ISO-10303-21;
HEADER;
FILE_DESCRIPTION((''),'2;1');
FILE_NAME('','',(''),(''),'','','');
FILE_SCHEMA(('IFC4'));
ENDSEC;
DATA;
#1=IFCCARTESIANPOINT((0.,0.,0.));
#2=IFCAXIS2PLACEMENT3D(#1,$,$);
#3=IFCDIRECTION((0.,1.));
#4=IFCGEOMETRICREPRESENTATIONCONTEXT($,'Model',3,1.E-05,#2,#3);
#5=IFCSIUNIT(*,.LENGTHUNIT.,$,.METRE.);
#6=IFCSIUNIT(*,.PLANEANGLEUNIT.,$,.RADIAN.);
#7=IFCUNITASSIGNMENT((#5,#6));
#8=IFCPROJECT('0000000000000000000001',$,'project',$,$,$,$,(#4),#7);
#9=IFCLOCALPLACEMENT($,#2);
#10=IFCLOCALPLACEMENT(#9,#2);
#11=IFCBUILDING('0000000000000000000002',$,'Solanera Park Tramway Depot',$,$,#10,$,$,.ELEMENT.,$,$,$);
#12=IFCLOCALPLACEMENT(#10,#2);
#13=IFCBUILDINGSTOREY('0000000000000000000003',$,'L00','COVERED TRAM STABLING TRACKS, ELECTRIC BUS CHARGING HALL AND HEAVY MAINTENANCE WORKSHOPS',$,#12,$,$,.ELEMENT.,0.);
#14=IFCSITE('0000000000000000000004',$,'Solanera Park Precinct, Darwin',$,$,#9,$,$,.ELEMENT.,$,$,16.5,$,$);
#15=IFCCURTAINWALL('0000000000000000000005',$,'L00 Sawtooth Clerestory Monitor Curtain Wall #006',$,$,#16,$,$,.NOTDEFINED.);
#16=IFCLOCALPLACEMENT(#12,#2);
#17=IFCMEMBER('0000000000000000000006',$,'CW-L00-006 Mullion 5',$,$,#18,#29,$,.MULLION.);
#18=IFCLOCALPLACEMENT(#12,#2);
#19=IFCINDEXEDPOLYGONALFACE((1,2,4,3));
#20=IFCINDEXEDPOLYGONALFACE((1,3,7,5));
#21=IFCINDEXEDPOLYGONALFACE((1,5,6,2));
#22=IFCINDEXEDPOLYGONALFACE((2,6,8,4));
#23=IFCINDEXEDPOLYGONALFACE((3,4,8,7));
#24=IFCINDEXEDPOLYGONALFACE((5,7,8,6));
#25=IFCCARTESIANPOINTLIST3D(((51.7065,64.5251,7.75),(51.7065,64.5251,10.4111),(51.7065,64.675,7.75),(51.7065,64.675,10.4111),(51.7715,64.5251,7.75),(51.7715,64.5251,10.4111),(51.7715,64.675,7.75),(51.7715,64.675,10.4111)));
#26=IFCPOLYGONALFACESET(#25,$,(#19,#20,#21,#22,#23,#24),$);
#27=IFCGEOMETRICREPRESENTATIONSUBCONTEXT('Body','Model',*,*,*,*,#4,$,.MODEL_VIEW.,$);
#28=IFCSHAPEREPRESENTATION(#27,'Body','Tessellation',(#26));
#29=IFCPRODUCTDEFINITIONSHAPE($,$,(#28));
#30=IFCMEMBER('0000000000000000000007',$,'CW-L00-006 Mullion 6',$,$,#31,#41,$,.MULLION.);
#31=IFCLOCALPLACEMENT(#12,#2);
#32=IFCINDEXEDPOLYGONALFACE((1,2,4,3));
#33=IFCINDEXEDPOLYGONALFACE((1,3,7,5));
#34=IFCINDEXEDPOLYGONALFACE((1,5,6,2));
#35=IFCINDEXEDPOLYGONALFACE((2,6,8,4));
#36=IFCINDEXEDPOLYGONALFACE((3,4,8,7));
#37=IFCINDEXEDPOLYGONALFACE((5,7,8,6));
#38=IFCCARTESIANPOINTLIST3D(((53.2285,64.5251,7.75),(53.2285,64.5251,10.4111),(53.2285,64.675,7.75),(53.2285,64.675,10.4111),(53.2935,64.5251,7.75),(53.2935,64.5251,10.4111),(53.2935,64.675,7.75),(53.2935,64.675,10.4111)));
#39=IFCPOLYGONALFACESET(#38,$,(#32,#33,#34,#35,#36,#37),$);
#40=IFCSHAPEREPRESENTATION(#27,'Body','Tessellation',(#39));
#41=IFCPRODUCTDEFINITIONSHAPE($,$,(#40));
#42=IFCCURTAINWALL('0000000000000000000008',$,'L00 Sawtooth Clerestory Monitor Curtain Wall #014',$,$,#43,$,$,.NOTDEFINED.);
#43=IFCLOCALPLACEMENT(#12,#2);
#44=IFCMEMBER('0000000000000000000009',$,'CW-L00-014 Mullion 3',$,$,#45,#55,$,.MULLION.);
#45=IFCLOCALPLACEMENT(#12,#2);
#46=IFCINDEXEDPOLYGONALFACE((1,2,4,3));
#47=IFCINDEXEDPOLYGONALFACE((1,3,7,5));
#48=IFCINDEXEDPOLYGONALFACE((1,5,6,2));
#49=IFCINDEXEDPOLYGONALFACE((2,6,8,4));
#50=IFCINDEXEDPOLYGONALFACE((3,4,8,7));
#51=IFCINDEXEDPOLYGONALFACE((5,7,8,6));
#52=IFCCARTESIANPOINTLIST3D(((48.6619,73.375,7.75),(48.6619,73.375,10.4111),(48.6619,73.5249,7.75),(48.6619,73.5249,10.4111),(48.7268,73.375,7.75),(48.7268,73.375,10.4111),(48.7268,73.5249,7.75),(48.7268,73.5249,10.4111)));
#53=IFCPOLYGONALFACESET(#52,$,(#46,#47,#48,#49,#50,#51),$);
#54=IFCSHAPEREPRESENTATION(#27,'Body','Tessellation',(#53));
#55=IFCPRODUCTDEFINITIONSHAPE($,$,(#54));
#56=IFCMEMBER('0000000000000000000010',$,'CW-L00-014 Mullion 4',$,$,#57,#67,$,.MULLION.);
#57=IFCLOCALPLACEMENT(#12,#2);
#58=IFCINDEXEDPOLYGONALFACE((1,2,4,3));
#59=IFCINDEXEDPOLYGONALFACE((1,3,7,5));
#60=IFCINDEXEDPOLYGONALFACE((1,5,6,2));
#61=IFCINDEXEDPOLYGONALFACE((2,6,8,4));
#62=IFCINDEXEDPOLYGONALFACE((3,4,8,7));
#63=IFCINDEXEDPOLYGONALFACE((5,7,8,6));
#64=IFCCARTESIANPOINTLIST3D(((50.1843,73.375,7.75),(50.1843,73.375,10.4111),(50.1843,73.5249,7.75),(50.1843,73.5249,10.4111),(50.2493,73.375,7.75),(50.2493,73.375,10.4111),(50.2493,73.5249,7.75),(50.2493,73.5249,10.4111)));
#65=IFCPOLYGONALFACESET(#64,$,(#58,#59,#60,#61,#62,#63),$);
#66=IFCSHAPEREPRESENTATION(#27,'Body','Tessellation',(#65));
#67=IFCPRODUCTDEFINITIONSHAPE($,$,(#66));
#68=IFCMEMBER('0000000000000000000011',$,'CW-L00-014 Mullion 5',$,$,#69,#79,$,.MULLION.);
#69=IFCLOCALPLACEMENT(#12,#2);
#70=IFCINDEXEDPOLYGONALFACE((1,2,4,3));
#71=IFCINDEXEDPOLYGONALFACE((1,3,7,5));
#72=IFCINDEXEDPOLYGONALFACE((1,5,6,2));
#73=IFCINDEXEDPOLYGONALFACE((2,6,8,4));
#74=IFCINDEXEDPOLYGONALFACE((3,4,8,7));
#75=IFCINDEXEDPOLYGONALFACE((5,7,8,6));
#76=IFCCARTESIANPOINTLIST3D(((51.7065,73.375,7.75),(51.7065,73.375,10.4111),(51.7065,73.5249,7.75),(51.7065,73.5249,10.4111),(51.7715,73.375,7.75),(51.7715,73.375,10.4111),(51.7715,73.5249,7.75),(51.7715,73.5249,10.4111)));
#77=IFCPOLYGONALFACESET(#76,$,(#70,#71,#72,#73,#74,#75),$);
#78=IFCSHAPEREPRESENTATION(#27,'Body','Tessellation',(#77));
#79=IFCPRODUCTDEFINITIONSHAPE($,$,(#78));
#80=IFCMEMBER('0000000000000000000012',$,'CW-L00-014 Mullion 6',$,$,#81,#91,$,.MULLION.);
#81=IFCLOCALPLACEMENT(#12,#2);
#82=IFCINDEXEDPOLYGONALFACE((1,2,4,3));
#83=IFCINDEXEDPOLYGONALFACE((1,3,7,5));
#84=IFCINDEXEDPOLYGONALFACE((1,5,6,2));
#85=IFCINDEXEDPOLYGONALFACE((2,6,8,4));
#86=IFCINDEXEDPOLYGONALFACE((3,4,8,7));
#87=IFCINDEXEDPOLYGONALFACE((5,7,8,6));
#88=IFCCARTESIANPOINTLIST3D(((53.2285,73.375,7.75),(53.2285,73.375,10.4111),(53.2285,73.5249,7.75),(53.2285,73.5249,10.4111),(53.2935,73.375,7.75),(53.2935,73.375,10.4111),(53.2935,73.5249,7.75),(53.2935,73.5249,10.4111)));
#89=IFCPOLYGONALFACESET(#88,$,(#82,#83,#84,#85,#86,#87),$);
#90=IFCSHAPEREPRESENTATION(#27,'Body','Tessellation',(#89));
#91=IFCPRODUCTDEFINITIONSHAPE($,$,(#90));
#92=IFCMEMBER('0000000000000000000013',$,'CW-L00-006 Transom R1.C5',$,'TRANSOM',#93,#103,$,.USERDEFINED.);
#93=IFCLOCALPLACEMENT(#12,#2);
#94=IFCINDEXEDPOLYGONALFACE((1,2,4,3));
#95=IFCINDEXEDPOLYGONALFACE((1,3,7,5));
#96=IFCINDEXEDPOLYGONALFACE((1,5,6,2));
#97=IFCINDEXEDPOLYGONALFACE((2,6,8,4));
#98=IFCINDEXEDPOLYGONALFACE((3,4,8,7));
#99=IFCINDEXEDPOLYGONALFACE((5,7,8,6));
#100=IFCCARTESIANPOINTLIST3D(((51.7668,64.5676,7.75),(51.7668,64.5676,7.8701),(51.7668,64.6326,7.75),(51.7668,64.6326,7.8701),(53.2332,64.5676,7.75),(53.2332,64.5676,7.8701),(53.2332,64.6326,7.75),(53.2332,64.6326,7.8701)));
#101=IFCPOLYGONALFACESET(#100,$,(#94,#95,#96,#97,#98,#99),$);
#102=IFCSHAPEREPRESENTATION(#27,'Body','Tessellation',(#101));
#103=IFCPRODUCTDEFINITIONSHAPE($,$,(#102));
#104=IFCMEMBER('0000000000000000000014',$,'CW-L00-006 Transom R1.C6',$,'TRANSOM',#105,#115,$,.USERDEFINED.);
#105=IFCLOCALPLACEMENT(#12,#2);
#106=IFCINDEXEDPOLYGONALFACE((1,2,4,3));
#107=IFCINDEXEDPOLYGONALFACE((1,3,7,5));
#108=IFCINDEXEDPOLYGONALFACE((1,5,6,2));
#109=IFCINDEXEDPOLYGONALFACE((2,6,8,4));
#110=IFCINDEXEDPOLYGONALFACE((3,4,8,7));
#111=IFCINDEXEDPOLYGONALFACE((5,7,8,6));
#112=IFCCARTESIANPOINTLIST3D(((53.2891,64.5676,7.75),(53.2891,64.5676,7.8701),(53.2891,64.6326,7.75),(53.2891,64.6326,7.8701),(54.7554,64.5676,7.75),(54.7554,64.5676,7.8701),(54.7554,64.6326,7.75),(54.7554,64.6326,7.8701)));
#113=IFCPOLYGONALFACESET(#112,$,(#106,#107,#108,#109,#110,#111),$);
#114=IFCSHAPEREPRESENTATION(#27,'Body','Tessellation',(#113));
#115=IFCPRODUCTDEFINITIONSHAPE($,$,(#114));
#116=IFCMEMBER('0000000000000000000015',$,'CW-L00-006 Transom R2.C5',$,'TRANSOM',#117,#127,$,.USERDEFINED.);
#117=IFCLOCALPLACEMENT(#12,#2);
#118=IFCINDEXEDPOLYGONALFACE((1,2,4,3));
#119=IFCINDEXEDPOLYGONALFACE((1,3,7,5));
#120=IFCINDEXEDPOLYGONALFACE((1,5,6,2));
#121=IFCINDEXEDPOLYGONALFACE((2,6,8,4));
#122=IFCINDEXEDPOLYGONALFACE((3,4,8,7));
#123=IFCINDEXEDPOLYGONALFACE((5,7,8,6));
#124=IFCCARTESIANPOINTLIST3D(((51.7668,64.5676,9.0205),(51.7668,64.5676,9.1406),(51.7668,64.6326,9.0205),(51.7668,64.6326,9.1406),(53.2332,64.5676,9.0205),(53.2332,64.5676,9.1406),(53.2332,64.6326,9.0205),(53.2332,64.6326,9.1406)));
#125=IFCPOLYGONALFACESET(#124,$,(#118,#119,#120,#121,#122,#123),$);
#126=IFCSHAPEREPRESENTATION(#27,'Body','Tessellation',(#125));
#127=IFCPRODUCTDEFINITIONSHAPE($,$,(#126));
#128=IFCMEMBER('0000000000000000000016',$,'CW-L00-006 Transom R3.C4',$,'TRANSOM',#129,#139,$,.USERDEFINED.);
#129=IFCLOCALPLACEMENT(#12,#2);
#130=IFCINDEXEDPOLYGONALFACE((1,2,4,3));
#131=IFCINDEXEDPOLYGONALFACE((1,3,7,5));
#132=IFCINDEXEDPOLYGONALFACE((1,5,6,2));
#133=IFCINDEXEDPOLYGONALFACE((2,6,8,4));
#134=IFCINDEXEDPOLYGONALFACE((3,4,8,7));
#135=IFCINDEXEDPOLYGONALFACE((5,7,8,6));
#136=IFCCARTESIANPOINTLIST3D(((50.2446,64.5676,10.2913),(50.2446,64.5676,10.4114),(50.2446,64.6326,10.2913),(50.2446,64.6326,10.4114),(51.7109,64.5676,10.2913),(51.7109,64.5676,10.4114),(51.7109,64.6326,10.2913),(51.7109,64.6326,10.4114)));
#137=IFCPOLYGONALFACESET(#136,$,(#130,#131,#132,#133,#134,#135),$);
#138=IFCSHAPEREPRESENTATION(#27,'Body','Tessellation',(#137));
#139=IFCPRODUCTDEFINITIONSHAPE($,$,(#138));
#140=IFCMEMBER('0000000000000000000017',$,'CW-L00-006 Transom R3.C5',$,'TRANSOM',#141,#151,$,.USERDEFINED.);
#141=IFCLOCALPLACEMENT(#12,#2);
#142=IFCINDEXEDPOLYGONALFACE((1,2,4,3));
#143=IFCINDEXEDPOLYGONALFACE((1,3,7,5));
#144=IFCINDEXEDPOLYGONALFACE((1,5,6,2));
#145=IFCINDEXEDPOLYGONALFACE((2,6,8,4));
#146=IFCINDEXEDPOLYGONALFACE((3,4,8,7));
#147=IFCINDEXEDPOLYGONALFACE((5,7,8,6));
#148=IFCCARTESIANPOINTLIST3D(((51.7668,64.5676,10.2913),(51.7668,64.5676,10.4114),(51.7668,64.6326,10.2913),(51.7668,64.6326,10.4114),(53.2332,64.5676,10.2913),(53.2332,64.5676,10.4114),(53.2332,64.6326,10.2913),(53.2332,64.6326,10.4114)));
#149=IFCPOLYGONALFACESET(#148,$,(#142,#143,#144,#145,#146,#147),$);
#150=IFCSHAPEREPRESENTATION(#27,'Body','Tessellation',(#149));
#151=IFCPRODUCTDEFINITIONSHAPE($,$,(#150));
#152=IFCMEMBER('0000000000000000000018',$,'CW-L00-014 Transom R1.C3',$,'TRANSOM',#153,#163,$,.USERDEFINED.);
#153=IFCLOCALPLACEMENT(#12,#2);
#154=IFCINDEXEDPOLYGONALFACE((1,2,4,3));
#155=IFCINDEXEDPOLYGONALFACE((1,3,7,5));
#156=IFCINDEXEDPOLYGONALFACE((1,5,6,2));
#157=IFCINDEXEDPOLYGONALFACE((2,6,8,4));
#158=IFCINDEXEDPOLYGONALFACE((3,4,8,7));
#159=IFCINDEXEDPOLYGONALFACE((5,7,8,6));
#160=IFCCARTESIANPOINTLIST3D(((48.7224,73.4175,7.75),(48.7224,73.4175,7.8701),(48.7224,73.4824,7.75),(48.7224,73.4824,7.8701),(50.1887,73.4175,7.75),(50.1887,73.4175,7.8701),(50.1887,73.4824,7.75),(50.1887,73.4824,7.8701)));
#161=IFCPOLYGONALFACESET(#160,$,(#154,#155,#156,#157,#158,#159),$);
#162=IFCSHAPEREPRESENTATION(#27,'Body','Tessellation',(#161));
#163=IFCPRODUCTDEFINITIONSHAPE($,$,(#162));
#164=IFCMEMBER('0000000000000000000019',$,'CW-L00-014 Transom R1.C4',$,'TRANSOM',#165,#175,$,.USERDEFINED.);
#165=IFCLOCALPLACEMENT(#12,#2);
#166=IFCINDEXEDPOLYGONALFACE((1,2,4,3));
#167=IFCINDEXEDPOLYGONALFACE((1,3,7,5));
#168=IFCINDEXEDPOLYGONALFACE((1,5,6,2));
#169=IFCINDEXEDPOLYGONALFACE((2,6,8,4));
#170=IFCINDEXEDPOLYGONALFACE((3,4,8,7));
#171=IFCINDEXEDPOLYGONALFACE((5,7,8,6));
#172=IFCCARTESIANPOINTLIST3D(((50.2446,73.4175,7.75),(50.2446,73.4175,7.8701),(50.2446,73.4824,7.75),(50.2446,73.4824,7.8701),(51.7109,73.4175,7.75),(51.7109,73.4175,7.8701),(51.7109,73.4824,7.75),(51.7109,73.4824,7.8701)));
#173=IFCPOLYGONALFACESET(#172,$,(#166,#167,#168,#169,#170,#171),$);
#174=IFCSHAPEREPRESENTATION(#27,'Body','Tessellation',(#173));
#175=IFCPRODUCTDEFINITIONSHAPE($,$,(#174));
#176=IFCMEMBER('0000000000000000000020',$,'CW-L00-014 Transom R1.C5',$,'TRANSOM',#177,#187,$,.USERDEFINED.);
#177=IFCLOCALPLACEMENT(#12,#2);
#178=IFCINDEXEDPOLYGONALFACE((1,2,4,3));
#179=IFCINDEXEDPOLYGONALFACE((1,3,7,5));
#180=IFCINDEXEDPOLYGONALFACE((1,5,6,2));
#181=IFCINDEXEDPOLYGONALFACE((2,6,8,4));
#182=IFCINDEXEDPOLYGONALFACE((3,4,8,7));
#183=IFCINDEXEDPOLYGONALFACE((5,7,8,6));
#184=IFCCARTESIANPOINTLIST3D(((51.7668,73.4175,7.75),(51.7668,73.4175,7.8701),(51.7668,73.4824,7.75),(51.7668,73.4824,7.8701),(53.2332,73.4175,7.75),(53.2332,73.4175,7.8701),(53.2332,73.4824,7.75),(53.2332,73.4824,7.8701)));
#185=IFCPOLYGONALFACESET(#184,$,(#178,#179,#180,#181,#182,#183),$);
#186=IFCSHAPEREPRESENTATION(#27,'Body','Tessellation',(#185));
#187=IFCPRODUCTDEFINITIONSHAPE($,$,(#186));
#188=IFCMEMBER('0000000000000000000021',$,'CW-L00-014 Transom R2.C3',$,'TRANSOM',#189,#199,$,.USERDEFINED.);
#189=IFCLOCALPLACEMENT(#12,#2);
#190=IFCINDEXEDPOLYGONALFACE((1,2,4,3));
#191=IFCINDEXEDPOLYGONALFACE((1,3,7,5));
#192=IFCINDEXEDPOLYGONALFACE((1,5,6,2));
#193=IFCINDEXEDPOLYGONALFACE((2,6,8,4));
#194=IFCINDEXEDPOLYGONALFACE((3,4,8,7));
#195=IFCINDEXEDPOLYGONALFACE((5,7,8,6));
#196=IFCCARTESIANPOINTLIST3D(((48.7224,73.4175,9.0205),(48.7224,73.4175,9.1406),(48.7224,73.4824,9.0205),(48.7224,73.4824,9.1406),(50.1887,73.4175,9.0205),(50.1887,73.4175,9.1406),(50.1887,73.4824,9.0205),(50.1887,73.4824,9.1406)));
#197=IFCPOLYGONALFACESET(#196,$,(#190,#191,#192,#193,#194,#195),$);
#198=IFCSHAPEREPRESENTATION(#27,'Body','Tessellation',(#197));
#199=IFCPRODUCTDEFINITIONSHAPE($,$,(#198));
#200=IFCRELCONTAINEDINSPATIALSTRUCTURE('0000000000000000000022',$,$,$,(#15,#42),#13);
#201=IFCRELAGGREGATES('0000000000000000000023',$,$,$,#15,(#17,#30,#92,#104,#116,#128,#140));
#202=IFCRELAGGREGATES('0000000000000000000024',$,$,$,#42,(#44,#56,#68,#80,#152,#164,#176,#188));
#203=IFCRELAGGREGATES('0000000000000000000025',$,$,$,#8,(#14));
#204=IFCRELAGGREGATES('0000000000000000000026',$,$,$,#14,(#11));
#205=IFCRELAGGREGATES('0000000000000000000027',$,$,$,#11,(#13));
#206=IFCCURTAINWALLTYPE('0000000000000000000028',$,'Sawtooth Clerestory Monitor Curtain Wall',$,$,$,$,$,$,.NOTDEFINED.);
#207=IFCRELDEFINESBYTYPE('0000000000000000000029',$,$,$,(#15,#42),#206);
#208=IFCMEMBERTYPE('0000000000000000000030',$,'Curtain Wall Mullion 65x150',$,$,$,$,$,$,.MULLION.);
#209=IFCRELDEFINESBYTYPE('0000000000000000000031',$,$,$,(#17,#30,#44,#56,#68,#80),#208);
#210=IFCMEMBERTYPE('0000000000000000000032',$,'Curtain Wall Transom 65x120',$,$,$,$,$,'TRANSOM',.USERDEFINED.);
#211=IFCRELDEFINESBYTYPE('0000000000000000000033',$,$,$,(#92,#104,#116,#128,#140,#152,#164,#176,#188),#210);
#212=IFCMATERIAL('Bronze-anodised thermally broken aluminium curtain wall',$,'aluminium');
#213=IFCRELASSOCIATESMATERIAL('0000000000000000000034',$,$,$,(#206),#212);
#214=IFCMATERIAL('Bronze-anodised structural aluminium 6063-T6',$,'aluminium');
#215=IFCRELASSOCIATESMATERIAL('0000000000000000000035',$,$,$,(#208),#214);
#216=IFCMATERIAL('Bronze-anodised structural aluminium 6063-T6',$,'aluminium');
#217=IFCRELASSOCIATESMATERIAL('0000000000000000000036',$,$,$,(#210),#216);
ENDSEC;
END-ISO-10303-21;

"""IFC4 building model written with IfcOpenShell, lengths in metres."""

from ifc_helpers import new_model, si_unit, direction, frame, origin, origin_2d, place, context, subcontext, project, spatial, rectangle, extrude, material, material_profile, profile_set, type_object, element, aggregate, save


model = new_model("IFC4")

# Units and contexts
model_context = context("Model", 3, precision=1e-05, world=origin(), true_north=direction((0.0, 1.0)))
body_context = subcontext(model_context, "Body", "Model", "MODEL_VIEW")
ifc_project = project(units=[si_unit("LENGTHUNIT", "METRE"), si_unit("PLANEANGLEUNIT", "RADIAN")], contexts=[model_context])

# Site, building, storey
site_placement = place(None, origin())
site = spatial("IfcSite", under=ifc_project, at=site_placement, Name="Solanera Park Precinct, Darwin", CompositionType="ELEMENT", RefElevation=16.5)
building_placement = place(site_placement, origin())
building = spatial("IfcBuilding", under=site, at=building_placement, Name="Solanera Park Tramway Depot", CompositionType="ELEMENT")
storey_placement = place(building_placement, origin())
storey = spatial("IfcBuildingStorey", under=building, at=storey_placement, Name="L00", Description="COVERED TRAM STABLING TRACKS, ELECTRIC BUS CHARGING HALL AND HEAVY MAINTENANCE WORKSHOPS", CompositionType="ELEMENT", Elevation=0.0)

# Curtain walls, members
ifc_material_1 = material(Name="Bronze-anodised thermally broken aluminium curtain wall", Category="aluminium")
curtain_wall_type = type_object("IfcCurtainWallType", Name="Sawtooth Clerestory Monitor Curtain Wall", PredefinedType="NOTDEFINED", material=ifc_material_1)
curtain_wall_1_placement = place(storey_placement, origin())
curtain_wall_1 = element("IfcCurtainWall", 1, at=curtain_wall_1_placement, inside=storey, type_object=curtain_wall_type, Name="L00 Sawtooth Clerestory Monitor Curtain Wall #006", PredefinedType="NOTDEFINED")
ifc_material_2 = material(Name="Bronze-anodised structural aluminium 6063-T6", Category="aluminium")
ifc_material_profile_1 = material_profile(ifc_material_2, rectangle(XDim=0.0649, YDim=0.1499, at=origin_2d()), Name="Curtain Wall Mullion 65x150")
ifc_profile_set_1 = profile_set([ifc_material_profile_1], Name="Bronze-anodised structural aluminium 6063-T6")
member_type_1 = type_object("IfcMemberType", Name="Curtain Wall Mullion 65x150", PredefinedType="MULLION", material=ifc_profile_set_1)
member_1_placement = place(storey_placement, frame((51.739, 64.6001, 7.75), z_axis=(0.0, 0.0, 1.0), x_axis=(1.0, 0.0, 0.0)))
member_1 = element("IfcMember", 2, at=member_1_placement, type_object=member_type_1, Name="CW-L00-006 Mullion 5", PredefinedType="MULLION", context=body_context, shape_type="SweptSolid", body=[
    extrude(rectangle(XDim=0.0649, YDim=0.1499, at=origin_2d()), origin(), (0.0, 0.0, 1.0), 2.6611),
])
member_2_placement = place(storey_placement, frame((53.261, 64.6001, 7.75), z_axis=(0.0, 0.0, 1.0), x_axis=(1.0, 0.0, 0.0)))
member_2 = element("IfcMember", 3, at=member_2_placement, type_object=member_type_1, Name="CW-L00-006 Mullion 6", PredefinedType="MULLION", context=body_context, shape_type="SweptSolid", body=[
    extrude(rectangle(XDim=0.0649, YDim=0.1499, at=origin_2d()), origin(), (0.0, 0.0, 1.0), 2.6611),
])
curtain_wall_2_placement = place(storey_placement, origin())
curtain_wall_2 = element("IfcCurtainWall", 4, at=curtain_wall_2_placement, inside=storey, type_object=curtain_wall_type, Name="L00 Sawtooth Clerestory Monitor Curtain Wall #014", PredefinedType="NOTDEFINED")
member_3_placement = place(storey_placement, frame((48.6943, 73.45, 7.75), z_axis=(0.0, 0.0, 1.0), x_axis=(1.0, 0.0, 0.0)))
member_3 = element("IfcMember", 5, at=member_3_placement, type_object=member_type_1, Name="CW-L00-014 Mullion 3", PredefinedType="MULLION", context=body_context, shape_type="SweptSolid", body=[
    extrude(rectangle(XDim=0.0649, YDim=0.1499, at=origin_2d()), origin(), (0.0, 0.0, 1.0), 2.6611),
])
member_4_placement = place(storey_placement, frame((50.2168, 73.45, 7.75), z_axis=(0.0, 0.0, 1.0), x_axis=(1.0, 0.0, 0.0)))
member_4 = element("IfcMember", 6, at=member_4_placement, type_object=member_type_1, Name="CW-L00-014 Mullion 4", PredefinedType="MULLION", context=body_context, shape_type="SweptSolid", body=[
    extrude(rectangle(XDim=0.0649, YDim=0.1499, at=origin_2d()), origin(), (0.0, 0.0, 1.0), 2.6611),
])
member_5_placement = place(storey_placement, frame((51.739, 73.45, 7.75), z_axis=(0.0, 0.0, 1.0), x_axis=(1.0, 0.0, 0.0)))
member_5 = element("IfcMember", 7, at=member_5_placement, type_object=member_type_1, Name="CW-L00-014 Mullion 5", PredefinedType="MULLION", context=body_context, shape_type="SweptSolid", body=[
    extrude(rectangle(XDim=0.0649, YDim=0.1499, at=origin_2d()), origin(), (0.0, 0.0, 1.0), 2.6611),
])
member_6_placement = place(storey_placement, frame((53.261, 73.45, 7.75), z_axis=(0.0, 0.0, 1.0), x_axis=(1.0, 0.0, 0.0)))
member_6 = element("IfcMember", 8, at=member_6_placement, type_object=member_type_1, Name="CW-L00-014 Mullion 6", PredefinedType="MULLION", context=body_context, shape_type="SweptSolid", body=[
    extrude(rectangle(XDim=0.0649, YDim=0.1499, at=origin_2d()), origin(), (0.0, 0.0, 1.0), 2.6611),
])

# Members
ifc_material_3 = material(Name="Bronze-anodised structural aluminium 6063-T6", Category="aluminium")
ifc_material_profile_2 = material_profile(ifc_material_3, rectangle(XDim=0.0649, YDim=0.1201, at=origin_2d()), Name="Curtain Wall Transom 65x120")
ifc_profile_set_2 = profile_set([ifc_material_profile_2], Name="Bronze-anodised structural aluminium 6063-T6")
member_type_2 = type_object("IfcMemberType", Name="Curtain Wall Transom 65x120", ElementType="TRANSOM", PredefinedType="USERDEFINED", material=ifc_profile_set_2)
member_7_placement = place(storey_placement, frame((51.7668, 64.6001, 7.8101), z_axis=(1.0, 0.0, 0.0), x_axis=(0.0, 1.0, 0.0)))
member_7 = element("IfcMember", 9, at=member_7_placement, type_object=member_type_2, Name="CW-L00-006 Transom R1.C5", ObjectType="TRANSOM", PredefinedType="USERDEFINED", context=body_context, shape_type="SweptSolid", body=[
    extrude(rectangle(XDim=0.0649, YDim=0.1201, at=origin_2d()), origin(), (0.0, 0.0, 1.0), 1.4663),
])
member_8_placement = place(storey_placement, frame((53.2891, 64.6001, 7.8101), z_axis=(1.0, 0.0, 0.0), x_axis=(0.0, 1.0, 0.0)))
member_8 = element("IfcMember", 10, at=member_8_placement, type_object=member_type_2, Name="CW-L00-006 Transom R1.C6", ObjectType="TRANSOM", PredefinedType="USERDEFINED", context=body_context, shape_type="SweptSolid", body=[
    extrude(rectangle(XDim=0.0649, YDim=0.1201, at=origin_2d()), origin(), (0.0, 0.0, 1.0), 1.4663),
])
member_9_placement = place(storey_placement, frame((51.7668, 64.6001, 9.0806), z_axis=(1.0, 0.0, 0.0), x_axis=(0.0, 1.0, 0.0)))
member_9 = element("IfcMember", 11, at=member_9_placement, type_object=member_type_2, Name="CW-L00-006 Transom R2.C5", ObjectType="TRANSOM", PredefinedType="USERDEFINED", context=body_context, shape_type="SweptSolid", body=[
    extrude(rectangle(XDim=0.0649, YDim=0.1201, at=origin_2d()), origin(), (0.0, 0.0, 1.0), 1.4663),
])
member_10_placement = place(storey_placement, frame((50.2446, 64.6001, 10.3513), z_axis=(1.0, 0.0, 0.0), x_axis=(0.0, 1.0, 0.0)))
member_10 = element("IfcMember", 12, at=member_10_placement, type_object=member_type_2, Name="CW-L00-006 Transom R3.C4", ObjectType="TRANSOM", PredefinedType="USERDEFINED", context=body_context, shape_type="SweptSolid", body=[
    extrude(rectangle(XDim=0.0649, YDim=0.1201, at=origin_2d()), origin(), (0.0, 0.0, 1.0), 1.4663),
])
member_11_placement = place(storey_placement, frame((51.7668, 64.6001, 10.3513), z_axis=(1.0, 0.0, 0.0), x_axis=(0.0, 1.0, 0.0)))
member_11 = element("IfcMember", 13, at=member_11_placement, type_object=member_type_2, Name="CW-L00-006 Transom R3.C5", ObjectType="TRANSOM", PredefinedType="USERDEFINED", context=body_context, shape_type="SweptSolid", body=[
    extrude(rectangle(XDim=0.0649, YDim=0.1201, at=origin_2d()), origin(), (0.0, 0.0, 1.0), 1.4663),
])
member_12_placement = place(storey_placement, frame((48.7224, 73.45, 7.8101), z_axis=(1.0, 0.0, 0.0), x_axis=(0.0, 1.0, 0.0)))
member_12 = element("IfcMember", 14, at=member_12_placement, type_object=member_type_2, Name="CW-L00-014 Transom R1.C3", ObjectType="TRANSOM", PredefinedType="USERDEFINED", context=body_context, shape_type="SweptSolid", body=[
    extrude(rectangle(XDim=0.0649, YDim=0.1201, at=origin_2d()), origin(), (0.0, 0.0, 1.0), 1.4663),
])
member_13_placement = place(storey_placement, frame((50.2446, 73.45, 7.8101), z_axis=(1.0, 0.0, 0.0), x_axis=(0.0, 1.0, 0.0)))
member_13 = element("IfcMember", 15, at=member_13_placement, type_object=member_type_2, Name="CW-L00-014 Transom R1.C4", ObjectType="TRANSOM", PredefinedType="USERDEFINED", context=body_context, shape_type="SweptSolid", body=[
    extrude(rectangle(XDim=0.0649, YDim=0.1201, at=origin_2d()), origin(), (0.0, 0.0, 1.0), 1.4663),
])
member_14_placement = place(storey_placement, frame((51.7668, 73.45, 7.8101), z_axis=(1.0, 0.0, 0.0), x_axis=(0.0, 1.0, 0.0)))
member_14 = element("IfcMember", 16, at=member_14_placement, type_object=member_type_2, Name="CW-L00-014 Transom R1.C5", ObjectType="TRANSOM", PredefinedType="USERDEFINED", context=body_context, shape_type="SweptSolid", body=[
    extrude(rectangle(XDim=0.0649, YDim=0.1201, at=origin_2d()), origin(), (0.0, 0.0, 1.0), 1.4663),
])
member_15_placement = place(storey_placement, frame((48.7224, 73.45, 9.0806), z_axis=(1.0, 0.0, 0.0), x_axis=(0.0, 1.0, 0.0)))
member_15 = element("IfcMember", 17, at=member_15_placement, type_object=member_type_2, Name="CW-L00-014 Transom R2.C3", ObjectType="TRANSOM", PredefinedType="USERDEFINED", context=body_context, shape_type="SweptSolid", body=[
    extrude(rectangle(XDim=0.0649, YDim=0.1201, at=origin_2d()), origin(), (0.0, 0.0, 1.0), 1.4663),
])

aggregate(curtain_wall_1, [member_1, member_2, member_7, member_8, member_9, member_10, member_11])
aggregate(curtain_wall_2, [member_3, member_4, member_5, member_6, member_12, member_13, member_14, member_15])

save(model, "model.ifc")
